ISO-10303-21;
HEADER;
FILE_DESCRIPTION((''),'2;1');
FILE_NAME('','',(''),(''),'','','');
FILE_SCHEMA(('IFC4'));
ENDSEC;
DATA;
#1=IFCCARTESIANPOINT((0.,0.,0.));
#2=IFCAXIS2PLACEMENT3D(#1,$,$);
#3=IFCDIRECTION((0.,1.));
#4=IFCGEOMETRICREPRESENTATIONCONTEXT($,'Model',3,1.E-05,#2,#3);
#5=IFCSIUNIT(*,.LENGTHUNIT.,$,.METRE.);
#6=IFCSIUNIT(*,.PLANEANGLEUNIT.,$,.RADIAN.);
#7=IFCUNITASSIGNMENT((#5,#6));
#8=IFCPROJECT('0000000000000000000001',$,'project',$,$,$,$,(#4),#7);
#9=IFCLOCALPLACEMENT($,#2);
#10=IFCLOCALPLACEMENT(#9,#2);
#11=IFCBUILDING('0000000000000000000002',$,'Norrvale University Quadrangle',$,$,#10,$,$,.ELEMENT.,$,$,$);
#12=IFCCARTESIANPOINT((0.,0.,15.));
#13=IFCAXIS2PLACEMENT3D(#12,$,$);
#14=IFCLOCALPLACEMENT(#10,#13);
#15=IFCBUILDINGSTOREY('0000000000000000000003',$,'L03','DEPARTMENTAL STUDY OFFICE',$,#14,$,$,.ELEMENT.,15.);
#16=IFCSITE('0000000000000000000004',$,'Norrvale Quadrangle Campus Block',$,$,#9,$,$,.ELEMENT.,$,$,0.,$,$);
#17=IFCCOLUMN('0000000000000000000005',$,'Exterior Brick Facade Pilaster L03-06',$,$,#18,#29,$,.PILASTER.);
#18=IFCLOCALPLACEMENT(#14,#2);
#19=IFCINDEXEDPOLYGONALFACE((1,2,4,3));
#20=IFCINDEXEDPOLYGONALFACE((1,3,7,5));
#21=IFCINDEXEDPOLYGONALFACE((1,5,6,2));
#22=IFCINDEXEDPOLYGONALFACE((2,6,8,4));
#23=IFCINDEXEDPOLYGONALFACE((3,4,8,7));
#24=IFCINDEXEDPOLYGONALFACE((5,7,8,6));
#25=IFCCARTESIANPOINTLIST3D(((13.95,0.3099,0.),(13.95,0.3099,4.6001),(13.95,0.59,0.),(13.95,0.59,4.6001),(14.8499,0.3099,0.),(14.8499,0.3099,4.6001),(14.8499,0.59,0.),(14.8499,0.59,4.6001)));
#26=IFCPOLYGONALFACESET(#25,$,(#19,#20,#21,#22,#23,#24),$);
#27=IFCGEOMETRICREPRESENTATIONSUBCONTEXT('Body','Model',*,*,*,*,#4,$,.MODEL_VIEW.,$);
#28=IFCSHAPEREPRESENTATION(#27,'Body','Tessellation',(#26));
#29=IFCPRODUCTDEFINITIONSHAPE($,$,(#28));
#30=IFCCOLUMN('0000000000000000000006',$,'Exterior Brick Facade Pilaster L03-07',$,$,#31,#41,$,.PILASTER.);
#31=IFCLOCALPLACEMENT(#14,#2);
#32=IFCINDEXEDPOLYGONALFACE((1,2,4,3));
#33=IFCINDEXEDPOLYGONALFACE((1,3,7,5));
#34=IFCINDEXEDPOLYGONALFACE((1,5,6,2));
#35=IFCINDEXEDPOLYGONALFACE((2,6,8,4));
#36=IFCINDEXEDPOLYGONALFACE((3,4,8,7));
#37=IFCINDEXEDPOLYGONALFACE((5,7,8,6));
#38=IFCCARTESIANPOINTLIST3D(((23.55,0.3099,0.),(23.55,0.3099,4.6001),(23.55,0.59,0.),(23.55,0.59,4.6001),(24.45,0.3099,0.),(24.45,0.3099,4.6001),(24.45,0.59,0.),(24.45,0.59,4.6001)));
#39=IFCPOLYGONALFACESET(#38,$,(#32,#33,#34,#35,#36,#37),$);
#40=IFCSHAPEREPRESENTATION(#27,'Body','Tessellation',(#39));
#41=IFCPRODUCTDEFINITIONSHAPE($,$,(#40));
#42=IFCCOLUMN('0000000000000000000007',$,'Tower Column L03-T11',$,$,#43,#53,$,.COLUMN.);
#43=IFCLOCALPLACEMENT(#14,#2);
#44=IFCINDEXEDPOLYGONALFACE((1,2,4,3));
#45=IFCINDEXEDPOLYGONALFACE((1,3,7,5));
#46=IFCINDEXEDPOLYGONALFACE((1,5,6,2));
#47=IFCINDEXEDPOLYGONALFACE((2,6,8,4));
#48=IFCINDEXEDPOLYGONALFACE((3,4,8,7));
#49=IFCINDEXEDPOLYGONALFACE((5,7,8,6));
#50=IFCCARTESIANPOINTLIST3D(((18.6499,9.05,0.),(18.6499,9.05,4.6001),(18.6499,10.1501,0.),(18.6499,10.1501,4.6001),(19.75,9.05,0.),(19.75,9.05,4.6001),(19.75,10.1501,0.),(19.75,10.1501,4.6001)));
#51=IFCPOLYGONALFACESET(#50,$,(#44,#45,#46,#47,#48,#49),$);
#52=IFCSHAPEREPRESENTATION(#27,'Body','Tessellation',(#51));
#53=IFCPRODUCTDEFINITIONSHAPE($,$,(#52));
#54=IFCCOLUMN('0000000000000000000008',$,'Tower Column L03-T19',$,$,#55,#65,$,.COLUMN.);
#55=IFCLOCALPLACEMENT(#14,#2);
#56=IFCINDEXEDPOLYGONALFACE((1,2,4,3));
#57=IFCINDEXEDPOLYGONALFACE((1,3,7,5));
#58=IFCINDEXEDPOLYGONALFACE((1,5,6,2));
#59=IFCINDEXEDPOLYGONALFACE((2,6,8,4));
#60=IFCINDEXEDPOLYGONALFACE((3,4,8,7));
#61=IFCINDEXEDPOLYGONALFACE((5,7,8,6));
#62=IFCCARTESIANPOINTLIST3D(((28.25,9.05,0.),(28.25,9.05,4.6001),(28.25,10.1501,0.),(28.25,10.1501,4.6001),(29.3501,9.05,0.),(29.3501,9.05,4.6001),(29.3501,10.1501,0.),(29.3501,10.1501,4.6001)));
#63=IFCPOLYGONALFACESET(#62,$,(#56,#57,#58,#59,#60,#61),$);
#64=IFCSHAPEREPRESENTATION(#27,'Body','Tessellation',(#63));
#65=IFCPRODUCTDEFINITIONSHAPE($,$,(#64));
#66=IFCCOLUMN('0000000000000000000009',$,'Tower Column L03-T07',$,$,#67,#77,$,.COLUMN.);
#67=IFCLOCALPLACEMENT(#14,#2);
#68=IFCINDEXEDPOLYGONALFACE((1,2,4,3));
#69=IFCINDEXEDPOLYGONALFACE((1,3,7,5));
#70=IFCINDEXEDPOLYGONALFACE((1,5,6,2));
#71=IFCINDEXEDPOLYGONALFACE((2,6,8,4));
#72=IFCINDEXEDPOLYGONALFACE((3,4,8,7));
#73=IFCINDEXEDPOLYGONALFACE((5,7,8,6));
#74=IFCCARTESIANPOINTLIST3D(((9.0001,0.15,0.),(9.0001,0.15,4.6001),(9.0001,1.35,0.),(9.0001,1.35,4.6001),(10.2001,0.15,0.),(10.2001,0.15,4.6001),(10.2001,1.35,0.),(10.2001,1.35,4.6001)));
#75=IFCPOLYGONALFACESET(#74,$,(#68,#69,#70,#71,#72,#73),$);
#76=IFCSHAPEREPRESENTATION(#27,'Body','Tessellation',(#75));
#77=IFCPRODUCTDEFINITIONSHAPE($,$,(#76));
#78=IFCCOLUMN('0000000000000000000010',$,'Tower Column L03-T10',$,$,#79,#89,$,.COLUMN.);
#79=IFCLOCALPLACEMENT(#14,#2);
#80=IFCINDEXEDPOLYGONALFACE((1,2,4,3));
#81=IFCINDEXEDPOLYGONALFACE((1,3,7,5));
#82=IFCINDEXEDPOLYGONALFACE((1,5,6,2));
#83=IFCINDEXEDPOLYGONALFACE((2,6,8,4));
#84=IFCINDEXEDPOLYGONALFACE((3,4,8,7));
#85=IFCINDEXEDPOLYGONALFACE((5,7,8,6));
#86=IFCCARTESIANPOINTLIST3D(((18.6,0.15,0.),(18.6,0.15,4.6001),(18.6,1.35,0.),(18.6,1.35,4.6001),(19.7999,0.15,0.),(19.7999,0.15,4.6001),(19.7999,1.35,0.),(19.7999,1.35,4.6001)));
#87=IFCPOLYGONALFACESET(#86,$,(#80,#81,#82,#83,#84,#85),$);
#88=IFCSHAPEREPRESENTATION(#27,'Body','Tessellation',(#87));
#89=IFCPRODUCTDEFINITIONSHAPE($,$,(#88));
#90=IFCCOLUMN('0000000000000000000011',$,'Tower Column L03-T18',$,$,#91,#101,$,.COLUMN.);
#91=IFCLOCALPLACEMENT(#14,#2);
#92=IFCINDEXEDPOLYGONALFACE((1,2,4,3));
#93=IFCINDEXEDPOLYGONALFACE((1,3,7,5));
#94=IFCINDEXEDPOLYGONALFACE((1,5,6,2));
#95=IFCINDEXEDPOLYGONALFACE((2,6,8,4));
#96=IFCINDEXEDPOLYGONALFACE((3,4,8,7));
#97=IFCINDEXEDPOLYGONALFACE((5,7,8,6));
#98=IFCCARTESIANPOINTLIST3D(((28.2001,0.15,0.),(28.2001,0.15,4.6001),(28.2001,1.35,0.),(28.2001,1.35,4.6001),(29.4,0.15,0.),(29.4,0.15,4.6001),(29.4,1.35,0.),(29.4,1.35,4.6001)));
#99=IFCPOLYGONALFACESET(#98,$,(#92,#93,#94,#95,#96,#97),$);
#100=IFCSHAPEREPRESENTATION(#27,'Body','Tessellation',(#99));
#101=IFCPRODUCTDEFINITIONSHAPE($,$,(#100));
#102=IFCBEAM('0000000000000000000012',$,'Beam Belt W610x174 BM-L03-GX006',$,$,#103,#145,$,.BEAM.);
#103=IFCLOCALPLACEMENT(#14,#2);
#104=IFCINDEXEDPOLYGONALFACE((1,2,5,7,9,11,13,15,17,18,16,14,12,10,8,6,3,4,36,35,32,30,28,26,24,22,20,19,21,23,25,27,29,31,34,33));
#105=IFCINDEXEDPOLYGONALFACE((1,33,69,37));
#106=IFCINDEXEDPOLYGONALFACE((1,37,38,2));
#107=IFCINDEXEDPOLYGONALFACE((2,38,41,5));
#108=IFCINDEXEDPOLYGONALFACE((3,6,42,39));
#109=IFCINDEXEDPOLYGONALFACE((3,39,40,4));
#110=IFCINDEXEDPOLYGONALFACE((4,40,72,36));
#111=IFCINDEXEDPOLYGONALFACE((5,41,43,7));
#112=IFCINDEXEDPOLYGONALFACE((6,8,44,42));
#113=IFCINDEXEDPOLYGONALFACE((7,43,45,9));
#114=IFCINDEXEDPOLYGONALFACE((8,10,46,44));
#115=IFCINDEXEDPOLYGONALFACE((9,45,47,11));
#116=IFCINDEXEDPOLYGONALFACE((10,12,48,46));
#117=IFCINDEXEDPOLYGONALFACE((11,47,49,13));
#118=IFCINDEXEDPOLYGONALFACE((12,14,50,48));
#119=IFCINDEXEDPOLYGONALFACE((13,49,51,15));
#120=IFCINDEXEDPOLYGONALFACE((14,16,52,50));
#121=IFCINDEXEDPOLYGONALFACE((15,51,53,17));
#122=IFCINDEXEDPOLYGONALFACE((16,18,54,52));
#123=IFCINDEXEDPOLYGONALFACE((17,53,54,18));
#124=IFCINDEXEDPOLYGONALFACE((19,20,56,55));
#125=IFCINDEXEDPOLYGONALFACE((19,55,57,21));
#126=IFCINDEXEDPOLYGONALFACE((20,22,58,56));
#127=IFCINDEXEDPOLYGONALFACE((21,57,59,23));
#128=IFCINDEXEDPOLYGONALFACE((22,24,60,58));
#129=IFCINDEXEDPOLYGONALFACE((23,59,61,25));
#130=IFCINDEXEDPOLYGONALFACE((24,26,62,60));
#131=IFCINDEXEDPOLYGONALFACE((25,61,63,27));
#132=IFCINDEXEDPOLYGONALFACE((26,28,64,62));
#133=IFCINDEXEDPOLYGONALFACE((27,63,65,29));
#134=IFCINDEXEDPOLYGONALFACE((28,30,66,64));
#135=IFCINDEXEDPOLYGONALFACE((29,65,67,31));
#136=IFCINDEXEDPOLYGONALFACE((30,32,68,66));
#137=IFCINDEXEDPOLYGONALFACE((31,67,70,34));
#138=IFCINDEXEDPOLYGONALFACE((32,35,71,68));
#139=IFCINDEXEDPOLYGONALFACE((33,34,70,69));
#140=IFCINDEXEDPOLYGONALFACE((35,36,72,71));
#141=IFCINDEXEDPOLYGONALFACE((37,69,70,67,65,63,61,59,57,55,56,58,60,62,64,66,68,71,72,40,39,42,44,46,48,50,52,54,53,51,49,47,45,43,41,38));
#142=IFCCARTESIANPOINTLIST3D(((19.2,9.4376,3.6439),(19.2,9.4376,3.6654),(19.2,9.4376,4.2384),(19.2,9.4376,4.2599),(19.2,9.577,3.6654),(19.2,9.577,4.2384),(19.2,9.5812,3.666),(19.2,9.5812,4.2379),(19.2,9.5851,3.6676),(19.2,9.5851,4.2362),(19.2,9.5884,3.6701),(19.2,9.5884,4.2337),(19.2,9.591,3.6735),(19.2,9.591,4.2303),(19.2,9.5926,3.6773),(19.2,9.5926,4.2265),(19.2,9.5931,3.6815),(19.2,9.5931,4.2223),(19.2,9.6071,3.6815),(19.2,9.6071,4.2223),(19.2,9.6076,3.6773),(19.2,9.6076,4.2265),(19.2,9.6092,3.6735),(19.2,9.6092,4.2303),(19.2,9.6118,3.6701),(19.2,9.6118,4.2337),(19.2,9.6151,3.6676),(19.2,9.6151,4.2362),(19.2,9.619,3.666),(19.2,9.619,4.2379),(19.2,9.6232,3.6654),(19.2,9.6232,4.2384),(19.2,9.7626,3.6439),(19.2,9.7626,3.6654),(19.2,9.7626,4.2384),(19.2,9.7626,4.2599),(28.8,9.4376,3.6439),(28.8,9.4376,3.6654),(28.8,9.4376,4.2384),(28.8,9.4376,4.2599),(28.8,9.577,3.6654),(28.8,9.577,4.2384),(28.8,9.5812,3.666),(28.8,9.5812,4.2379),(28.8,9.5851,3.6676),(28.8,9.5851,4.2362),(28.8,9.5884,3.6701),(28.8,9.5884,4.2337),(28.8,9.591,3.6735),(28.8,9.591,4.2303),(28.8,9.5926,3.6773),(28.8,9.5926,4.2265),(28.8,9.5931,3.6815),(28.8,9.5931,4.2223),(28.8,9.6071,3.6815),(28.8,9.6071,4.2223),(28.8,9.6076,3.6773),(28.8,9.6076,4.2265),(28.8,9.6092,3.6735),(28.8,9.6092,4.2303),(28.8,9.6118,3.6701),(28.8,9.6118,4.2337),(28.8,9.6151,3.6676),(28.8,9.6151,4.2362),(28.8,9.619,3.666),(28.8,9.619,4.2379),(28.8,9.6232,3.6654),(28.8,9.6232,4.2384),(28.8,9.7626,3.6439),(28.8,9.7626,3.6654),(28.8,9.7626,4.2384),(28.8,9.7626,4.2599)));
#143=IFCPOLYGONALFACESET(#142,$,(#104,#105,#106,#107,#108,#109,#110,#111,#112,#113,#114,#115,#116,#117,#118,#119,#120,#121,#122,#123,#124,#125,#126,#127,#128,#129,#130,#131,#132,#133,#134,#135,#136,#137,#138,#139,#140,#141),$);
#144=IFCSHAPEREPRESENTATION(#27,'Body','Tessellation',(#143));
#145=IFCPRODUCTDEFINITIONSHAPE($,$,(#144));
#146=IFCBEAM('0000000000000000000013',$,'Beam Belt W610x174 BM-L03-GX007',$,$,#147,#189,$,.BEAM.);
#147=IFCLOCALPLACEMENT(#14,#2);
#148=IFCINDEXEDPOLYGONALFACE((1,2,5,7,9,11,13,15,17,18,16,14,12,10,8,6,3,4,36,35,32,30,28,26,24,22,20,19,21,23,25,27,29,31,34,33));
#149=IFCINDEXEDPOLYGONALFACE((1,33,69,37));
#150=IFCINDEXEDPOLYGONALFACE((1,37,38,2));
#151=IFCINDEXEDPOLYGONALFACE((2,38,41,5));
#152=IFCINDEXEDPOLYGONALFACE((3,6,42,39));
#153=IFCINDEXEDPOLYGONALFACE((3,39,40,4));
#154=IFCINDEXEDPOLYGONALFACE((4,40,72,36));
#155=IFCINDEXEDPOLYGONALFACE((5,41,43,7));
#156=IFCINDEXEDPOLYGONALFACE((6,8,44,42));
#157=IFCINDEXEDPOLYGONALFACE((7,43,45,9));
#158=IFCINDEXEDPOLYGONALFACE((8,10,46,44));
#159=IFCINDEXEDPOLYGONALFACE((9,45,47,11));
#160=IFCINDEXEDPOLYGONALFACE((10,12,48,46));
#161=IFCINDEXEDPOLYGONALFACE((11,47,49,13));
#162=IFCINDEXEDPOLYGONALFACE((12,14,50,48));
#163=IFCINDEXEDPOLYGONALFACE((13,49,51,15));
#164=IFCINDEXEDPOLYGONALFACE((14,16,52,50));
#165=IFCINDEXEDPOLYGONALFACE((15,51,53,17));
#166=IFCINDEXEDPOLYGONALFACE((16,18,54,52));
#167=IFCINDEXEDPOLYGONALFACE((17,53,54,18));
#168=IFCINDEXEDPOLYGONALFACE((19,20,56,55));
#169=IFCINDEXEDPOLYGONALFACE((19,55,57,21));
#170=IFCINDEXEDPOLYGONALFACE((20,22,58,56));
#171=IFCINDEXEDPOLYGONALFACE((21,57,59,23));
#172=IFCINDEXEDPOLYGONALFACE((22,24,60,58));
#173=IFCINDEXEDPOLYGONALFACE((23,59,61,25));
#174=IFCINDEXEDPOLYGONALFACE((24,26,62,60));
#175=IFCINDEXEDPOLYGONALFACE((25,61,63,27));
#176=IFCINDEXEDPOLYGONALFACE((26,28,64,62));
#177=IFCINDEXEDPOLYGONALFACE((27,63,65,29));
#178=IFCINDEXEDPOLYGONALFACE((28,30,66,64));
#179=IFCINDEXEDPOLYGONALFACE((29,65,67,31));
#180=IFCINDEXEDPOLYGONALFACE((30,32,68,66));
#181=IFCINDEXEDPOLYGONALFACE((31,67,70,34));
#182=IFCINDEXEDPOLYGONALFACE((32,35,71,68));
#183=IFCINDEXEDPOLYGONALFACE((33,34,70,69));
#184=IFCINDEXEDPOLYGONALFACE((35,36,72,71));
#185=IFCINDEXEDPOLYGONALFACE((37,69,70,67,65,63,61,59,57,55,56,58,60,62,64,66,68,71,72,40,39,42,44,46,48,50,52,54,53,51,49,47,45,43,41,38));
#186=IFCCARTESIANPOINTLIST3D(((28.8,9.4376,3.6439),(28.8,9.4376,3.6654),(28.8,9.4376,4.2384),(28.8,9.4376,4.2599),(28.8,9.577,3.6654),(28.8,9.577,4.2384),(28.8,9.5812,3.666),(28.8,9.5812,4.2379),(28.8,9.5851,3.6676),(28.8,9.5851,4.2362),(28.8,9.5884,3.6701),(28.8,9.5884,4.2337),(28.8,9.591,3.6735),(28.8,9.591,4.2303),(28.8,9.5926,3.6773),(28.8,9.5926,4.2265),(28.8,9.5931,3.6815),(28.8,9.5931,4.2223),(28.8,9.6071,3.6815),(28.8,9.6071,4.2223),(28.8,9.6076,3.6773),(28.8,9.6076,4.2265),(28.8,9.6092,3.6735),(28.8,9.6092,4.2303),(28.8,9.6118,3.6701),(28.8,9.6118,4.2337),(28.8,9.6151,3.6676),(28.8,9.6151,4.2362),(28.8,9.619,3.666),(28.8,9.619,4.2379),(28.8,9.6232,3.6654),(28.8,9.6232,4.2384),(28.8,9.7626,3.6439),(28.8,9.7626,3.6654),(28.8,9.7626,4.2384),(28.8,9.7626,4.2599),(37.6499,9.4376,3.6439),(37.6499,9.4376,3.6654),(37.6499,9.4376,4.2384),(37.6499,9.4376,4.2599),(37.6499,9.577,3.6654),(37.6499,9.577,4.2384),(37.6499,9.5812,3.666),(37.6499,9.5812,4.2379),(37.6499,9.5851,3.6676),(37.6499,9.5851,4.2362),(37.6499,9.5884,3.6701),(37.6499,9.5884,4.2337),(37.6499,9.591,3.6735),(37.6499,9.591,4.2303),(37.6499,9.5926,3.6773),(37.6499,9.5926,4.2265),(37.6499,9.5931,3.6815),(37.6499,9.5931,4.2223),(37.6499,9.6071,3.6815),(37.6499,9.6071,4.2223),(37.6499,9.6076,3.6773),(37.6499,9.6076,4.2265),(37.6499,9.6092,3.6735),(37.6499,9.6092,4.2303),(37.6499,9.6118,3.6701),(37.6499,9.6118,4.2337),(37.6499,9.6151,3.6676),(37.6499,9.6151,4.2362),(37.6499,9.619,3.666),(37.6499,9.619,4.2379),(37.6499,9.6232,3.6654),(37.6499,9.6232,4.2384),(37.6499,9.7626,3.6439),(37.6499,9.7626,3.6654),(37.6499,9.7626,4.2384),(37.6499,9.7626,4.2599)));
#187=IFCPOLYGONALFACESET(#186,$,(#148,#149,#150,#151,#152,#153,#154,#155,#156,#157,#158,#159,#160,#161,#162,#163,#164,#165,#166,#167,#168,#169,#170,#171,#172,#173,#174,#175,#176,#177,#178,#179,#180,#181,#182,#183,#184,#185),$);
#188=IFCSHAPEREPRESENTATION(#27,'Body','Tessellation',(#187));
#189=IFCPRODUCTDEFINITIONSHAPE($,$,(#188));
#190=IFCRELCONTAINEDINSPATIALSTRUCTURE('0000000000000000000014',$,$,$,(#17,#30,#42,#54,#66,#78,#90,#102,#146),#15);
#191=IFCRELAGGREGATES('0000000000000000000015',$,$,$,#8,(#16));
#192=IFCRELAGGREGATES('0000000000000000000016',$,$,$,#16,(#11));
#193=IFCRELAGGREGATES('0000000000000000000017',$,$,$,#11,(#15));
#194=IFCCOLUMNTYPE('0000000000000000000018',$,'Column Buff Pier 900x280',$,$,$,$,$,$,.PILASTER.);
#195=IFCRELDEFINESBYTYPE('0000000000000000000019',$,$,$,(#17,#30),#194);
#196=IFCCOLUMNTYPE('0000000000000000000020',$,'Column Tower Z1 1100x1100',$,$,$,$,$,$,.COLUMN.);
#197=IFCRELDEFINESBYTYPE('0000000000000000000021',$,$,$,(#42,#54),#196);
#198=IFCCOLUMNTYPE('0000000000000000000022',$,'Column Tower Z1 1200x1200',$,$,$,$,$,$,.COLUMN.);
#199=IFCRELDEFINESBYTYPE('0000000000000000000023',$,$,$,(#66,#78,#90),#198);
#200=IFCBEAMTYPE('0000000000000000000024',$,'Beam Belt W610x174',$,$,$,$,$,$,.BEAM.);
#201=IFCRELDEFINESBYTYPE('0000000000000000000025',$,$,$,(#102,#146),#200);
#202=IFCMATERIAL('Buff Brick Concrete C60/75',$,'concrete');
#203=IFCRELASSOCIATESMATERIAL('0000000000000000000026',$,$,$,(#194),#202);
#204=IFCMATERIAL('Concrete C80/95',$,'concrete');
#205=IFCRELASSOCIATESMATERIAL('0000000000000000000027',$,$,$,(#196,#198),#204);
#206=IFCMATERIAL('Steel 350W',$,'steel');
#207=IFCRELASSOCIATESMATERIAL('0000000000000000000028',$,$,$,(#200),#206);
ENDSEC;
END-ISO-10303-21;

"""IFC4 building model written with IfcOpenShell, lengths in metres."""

from ifc_helpers import new_model, si_unit, direction, frame, origin, origin_2d, place, context, subcontext, project, spatial, rectangle, i_section, extrude, material, material_profile, profile_set, type_object, element, save


model = new_model("IFC4")

# Units and contexts
model_context = context("Model", 3, precision=1e-05, world=origin(), true_north=direction((0.0, 1.0)))
body_context = subcontext(model_context, "Body", "Model", "MODEL_VIEW")
ifc_project = project(units=[si_unit("LENGTHUNIT", "METRE"), si_unit("PLANEANGLEUNIT", "RADIAN")], contexts=[model_context])

# Site, building, storey
site_placement = place(None, origin())
site = spatial("IfcSite", under=ifc_project, at=site_placement, Name="Norrvale Quadrangle Campus Block", CompositionType="ELEMENT", RefElevation=0.0)
building_placement = place(site_placement, origin())
building = spatial("IfcBuilding", under=site, at=building_placement, Name="Norrvale University Quadrangle", CompositionType="ELEMENT")
storey_placement = place(building_placement, frame((0.0, 0.0, 15.0)))
storey = spatial("IfcBuildingStorey", under=building, at=storey_placement, Name="L03", Description="DEPARTMENTAL STUDY OFFICE", CompositionType="ELEMENT", Elevation=15.0)

# Columns
ifc_material_1 = material(Name="Buff Brick Concrete C60/75", Category="concrete")
ifc_material_profile_1 = material_profile(ifc_material_1, rectangle(XDim=0.8999, YDim=0.28, at=origin_2d()), Name="Buff Brick Concrete C60/75")
ifc_profile_set_1 = profile_set([ifc_material_profile_1], Name="Buff Brick Concrete C60/75")
column_type_1 = type_object("IfcColumnType", Name="Column Buff Pier 900x280", PredefinedType="PILASTER", material=ifc_profile_set_1)
for number, where, z_axis, x_axis, name in (
    (1, (14.3999, 0.45, 0.0), (0.0, 0.0, 1.0), (1.0, 0.0, 0.0), "Exterior Brick Facade Pilaster L03-06"),
    (2, (24.0, 0.45, 0.0), (0.0, 0.0, 1.0), (1.0, 0.0, 0.0), "Exterior Brick Facade Pilaster L03-07"),
):
    element("IfcColumn", number, at=place(storey_placement, frame(where, z_axis=z_axis, x_axis=x_axis)), inside=storey, type_object=column_type_1, Name=name, PredefinedType="PILASTER", context=body_context, shape_type="SweptSolid", body=[
        extrude(rectangle(XDim=0.8999, YDim=0.28, at=origin_2d()), origin(), (0.0, 0.0, 1.0), 4.6001),
    ])
ifc_material_2 = material(Name="Concrete C80/95", Category="concrete")
ifc_material_profile_2 = material_profile(ifc_material_2, rectangle(XDim=1.1001, YDim=1.1001, at=origin_2d()), Name="Concrete C80/95")
ifc_profile_set_2 = profile_set([ifc_material_profile_2], Name="Concrete C80/95")
column_type_2 = type_object("IfcColumnType", Name="Column Tower Z1 1100x1100", PredefinedType="COLUMN", material=ifc_profile_set_2)
for number, where, z_axis, x_axis, name in (
    (3, (19.2, 9.6001, 0.0), (0.0, 0.0, 1.0), (1.0, 0.0, 0.0), "Tower Column L03-T11"),
    (4, (28.8, 9.6001, 0.0), (0.0, 0.0, 1.0), (1.0, 0.0, 0.0), "Tower Column L03-T19"),
):
    element("IfcColumn", number, at=place(storey_placement, frame(where, z_axis=z_axis, x_axis=x_axis)), inside=storey, type_object=column_type_2, Name=name, PredefinedType="COLUMN", context=body_context, shape_type="SweptSolid", body=[
        extrude(rectangle(XDim=1.1001, YDim=1.1001, at=origin_2d()), origin(), (0.0, 0.0, 1.0), 4.6001),
    ])
ifc_material_profile_3 = material_profile(ifc_material_2, rectangle(XDim=1.2, YDim=1.2, at=origin_2d()), Name="Concrete C80/95")
ifc_profile_set_3 = profile_set([ifc_material_profile_3], Name="Concrete C80/95")
column_type_3 = type_object("IfcColumnType", Name="Column Tower Z1 1200x1200", PredefinedType="COLUMN", material=ifc_profile_set_3)
for number, where, z_axis, x_axis, name in (
    (5, (9.6001, 0.75, 0.0), (0.0, 0.0, 1.0), (1.0, 0.0, 0.0), "Tower Column L03-T07"),
    (6, (19.2, 0.75, 0.0), (0.0, 0.0, 1.0), (1.0, 0.0, 0.0), "Tower Column L03-T10"),
    (7, (28.8, 0.75, 0.0), (0.0, 0.0, 1.0), (1.0, 0.0, 0.0), "Tower Column L03-T18"),
):
    element("IfcColumn", number, at=place(storey_placement, frame(where, z_axis=z_axis, x_axis=x_axis)), inside=storey, type_object=column_type_3, Name=name, PredefinedType="COLUMN", context=body_context, shape_type="SweptSolid", body=[
        extrude(rectangle(XDim=1.2, YDim=1.2, at=origin_2d()), origin(), (0.0, 0.0, 1.0), 4.6001),
    ])

# Beams
ifc_material_3 = material(Name="Steel 350W", Category="steel")
ifc_material_profile_4 = material_profile(ifc_material_3, i_section(OverallWidth=0.325, OverallDepth=0.616, WebThickness=0.0139, FlangeThickness=0.0215, FilletRadius=0.0161, at=origin_2d()), Name="Steel 350W")
ifc_profile_set_4 = profile_set([ifc_material_profile_4], Name="Steel 350W")
beam_type_1 = type_object("IfcBeamType", Name="Beam Belt W610x174", PredefinedType="BEAM", material=ifc_profile_set_4)
beam_1_placement = place(storey_placement, frame((19.2, 9.6001, 3.9519), z_axis=(1.0, 0.0, 0.0), x_axis=(0.0, 1.0, 0.0)))
element("IfcBeam", 8, at=beam_1_placement, inside=storey, type_object=beam_type_1, Name="Beam Belt W610x174 BM-L03-GX006", PredefinedType="BEAM", context=body_context, shape_type="SweptSolid", body=[
    extrude(i_section(OverallWidth=0.325, OverallDepth=0.616, WebThickness=0.0139, FlangeThickness=0.0215, FilletRadius=0.0161, at=origin_2d()), origin(), (0.0, 0.0, 1.0), 9.6001),
])
beam_2_placement = place(storey_placement, frame((28.8, 9.6001, 3.9519), z_axis=(1.0, 0.0, 0.0), x_axis=(0.0, 1.0, 0.0)))
element("IfcBeam", 9, at=beam_2_placement, inside=storey, type_object=beam_type_1, Name="Beam Belt W610x174 BM-L03-GX007", PredefinedType="BEAM", context=body_context, shape_type="SweptSolid", body=[
    extrude(i_section(OverallWidth=0.325, OverallDepth=0.616, WebThickness=0.0139, FlangeThickness=0.0215, FilletRadius=0.0161, at=origin_2d()), origin(), (0.0, 0.0, 1.0), 8.8499),
])

save(model, "model.ifc")
